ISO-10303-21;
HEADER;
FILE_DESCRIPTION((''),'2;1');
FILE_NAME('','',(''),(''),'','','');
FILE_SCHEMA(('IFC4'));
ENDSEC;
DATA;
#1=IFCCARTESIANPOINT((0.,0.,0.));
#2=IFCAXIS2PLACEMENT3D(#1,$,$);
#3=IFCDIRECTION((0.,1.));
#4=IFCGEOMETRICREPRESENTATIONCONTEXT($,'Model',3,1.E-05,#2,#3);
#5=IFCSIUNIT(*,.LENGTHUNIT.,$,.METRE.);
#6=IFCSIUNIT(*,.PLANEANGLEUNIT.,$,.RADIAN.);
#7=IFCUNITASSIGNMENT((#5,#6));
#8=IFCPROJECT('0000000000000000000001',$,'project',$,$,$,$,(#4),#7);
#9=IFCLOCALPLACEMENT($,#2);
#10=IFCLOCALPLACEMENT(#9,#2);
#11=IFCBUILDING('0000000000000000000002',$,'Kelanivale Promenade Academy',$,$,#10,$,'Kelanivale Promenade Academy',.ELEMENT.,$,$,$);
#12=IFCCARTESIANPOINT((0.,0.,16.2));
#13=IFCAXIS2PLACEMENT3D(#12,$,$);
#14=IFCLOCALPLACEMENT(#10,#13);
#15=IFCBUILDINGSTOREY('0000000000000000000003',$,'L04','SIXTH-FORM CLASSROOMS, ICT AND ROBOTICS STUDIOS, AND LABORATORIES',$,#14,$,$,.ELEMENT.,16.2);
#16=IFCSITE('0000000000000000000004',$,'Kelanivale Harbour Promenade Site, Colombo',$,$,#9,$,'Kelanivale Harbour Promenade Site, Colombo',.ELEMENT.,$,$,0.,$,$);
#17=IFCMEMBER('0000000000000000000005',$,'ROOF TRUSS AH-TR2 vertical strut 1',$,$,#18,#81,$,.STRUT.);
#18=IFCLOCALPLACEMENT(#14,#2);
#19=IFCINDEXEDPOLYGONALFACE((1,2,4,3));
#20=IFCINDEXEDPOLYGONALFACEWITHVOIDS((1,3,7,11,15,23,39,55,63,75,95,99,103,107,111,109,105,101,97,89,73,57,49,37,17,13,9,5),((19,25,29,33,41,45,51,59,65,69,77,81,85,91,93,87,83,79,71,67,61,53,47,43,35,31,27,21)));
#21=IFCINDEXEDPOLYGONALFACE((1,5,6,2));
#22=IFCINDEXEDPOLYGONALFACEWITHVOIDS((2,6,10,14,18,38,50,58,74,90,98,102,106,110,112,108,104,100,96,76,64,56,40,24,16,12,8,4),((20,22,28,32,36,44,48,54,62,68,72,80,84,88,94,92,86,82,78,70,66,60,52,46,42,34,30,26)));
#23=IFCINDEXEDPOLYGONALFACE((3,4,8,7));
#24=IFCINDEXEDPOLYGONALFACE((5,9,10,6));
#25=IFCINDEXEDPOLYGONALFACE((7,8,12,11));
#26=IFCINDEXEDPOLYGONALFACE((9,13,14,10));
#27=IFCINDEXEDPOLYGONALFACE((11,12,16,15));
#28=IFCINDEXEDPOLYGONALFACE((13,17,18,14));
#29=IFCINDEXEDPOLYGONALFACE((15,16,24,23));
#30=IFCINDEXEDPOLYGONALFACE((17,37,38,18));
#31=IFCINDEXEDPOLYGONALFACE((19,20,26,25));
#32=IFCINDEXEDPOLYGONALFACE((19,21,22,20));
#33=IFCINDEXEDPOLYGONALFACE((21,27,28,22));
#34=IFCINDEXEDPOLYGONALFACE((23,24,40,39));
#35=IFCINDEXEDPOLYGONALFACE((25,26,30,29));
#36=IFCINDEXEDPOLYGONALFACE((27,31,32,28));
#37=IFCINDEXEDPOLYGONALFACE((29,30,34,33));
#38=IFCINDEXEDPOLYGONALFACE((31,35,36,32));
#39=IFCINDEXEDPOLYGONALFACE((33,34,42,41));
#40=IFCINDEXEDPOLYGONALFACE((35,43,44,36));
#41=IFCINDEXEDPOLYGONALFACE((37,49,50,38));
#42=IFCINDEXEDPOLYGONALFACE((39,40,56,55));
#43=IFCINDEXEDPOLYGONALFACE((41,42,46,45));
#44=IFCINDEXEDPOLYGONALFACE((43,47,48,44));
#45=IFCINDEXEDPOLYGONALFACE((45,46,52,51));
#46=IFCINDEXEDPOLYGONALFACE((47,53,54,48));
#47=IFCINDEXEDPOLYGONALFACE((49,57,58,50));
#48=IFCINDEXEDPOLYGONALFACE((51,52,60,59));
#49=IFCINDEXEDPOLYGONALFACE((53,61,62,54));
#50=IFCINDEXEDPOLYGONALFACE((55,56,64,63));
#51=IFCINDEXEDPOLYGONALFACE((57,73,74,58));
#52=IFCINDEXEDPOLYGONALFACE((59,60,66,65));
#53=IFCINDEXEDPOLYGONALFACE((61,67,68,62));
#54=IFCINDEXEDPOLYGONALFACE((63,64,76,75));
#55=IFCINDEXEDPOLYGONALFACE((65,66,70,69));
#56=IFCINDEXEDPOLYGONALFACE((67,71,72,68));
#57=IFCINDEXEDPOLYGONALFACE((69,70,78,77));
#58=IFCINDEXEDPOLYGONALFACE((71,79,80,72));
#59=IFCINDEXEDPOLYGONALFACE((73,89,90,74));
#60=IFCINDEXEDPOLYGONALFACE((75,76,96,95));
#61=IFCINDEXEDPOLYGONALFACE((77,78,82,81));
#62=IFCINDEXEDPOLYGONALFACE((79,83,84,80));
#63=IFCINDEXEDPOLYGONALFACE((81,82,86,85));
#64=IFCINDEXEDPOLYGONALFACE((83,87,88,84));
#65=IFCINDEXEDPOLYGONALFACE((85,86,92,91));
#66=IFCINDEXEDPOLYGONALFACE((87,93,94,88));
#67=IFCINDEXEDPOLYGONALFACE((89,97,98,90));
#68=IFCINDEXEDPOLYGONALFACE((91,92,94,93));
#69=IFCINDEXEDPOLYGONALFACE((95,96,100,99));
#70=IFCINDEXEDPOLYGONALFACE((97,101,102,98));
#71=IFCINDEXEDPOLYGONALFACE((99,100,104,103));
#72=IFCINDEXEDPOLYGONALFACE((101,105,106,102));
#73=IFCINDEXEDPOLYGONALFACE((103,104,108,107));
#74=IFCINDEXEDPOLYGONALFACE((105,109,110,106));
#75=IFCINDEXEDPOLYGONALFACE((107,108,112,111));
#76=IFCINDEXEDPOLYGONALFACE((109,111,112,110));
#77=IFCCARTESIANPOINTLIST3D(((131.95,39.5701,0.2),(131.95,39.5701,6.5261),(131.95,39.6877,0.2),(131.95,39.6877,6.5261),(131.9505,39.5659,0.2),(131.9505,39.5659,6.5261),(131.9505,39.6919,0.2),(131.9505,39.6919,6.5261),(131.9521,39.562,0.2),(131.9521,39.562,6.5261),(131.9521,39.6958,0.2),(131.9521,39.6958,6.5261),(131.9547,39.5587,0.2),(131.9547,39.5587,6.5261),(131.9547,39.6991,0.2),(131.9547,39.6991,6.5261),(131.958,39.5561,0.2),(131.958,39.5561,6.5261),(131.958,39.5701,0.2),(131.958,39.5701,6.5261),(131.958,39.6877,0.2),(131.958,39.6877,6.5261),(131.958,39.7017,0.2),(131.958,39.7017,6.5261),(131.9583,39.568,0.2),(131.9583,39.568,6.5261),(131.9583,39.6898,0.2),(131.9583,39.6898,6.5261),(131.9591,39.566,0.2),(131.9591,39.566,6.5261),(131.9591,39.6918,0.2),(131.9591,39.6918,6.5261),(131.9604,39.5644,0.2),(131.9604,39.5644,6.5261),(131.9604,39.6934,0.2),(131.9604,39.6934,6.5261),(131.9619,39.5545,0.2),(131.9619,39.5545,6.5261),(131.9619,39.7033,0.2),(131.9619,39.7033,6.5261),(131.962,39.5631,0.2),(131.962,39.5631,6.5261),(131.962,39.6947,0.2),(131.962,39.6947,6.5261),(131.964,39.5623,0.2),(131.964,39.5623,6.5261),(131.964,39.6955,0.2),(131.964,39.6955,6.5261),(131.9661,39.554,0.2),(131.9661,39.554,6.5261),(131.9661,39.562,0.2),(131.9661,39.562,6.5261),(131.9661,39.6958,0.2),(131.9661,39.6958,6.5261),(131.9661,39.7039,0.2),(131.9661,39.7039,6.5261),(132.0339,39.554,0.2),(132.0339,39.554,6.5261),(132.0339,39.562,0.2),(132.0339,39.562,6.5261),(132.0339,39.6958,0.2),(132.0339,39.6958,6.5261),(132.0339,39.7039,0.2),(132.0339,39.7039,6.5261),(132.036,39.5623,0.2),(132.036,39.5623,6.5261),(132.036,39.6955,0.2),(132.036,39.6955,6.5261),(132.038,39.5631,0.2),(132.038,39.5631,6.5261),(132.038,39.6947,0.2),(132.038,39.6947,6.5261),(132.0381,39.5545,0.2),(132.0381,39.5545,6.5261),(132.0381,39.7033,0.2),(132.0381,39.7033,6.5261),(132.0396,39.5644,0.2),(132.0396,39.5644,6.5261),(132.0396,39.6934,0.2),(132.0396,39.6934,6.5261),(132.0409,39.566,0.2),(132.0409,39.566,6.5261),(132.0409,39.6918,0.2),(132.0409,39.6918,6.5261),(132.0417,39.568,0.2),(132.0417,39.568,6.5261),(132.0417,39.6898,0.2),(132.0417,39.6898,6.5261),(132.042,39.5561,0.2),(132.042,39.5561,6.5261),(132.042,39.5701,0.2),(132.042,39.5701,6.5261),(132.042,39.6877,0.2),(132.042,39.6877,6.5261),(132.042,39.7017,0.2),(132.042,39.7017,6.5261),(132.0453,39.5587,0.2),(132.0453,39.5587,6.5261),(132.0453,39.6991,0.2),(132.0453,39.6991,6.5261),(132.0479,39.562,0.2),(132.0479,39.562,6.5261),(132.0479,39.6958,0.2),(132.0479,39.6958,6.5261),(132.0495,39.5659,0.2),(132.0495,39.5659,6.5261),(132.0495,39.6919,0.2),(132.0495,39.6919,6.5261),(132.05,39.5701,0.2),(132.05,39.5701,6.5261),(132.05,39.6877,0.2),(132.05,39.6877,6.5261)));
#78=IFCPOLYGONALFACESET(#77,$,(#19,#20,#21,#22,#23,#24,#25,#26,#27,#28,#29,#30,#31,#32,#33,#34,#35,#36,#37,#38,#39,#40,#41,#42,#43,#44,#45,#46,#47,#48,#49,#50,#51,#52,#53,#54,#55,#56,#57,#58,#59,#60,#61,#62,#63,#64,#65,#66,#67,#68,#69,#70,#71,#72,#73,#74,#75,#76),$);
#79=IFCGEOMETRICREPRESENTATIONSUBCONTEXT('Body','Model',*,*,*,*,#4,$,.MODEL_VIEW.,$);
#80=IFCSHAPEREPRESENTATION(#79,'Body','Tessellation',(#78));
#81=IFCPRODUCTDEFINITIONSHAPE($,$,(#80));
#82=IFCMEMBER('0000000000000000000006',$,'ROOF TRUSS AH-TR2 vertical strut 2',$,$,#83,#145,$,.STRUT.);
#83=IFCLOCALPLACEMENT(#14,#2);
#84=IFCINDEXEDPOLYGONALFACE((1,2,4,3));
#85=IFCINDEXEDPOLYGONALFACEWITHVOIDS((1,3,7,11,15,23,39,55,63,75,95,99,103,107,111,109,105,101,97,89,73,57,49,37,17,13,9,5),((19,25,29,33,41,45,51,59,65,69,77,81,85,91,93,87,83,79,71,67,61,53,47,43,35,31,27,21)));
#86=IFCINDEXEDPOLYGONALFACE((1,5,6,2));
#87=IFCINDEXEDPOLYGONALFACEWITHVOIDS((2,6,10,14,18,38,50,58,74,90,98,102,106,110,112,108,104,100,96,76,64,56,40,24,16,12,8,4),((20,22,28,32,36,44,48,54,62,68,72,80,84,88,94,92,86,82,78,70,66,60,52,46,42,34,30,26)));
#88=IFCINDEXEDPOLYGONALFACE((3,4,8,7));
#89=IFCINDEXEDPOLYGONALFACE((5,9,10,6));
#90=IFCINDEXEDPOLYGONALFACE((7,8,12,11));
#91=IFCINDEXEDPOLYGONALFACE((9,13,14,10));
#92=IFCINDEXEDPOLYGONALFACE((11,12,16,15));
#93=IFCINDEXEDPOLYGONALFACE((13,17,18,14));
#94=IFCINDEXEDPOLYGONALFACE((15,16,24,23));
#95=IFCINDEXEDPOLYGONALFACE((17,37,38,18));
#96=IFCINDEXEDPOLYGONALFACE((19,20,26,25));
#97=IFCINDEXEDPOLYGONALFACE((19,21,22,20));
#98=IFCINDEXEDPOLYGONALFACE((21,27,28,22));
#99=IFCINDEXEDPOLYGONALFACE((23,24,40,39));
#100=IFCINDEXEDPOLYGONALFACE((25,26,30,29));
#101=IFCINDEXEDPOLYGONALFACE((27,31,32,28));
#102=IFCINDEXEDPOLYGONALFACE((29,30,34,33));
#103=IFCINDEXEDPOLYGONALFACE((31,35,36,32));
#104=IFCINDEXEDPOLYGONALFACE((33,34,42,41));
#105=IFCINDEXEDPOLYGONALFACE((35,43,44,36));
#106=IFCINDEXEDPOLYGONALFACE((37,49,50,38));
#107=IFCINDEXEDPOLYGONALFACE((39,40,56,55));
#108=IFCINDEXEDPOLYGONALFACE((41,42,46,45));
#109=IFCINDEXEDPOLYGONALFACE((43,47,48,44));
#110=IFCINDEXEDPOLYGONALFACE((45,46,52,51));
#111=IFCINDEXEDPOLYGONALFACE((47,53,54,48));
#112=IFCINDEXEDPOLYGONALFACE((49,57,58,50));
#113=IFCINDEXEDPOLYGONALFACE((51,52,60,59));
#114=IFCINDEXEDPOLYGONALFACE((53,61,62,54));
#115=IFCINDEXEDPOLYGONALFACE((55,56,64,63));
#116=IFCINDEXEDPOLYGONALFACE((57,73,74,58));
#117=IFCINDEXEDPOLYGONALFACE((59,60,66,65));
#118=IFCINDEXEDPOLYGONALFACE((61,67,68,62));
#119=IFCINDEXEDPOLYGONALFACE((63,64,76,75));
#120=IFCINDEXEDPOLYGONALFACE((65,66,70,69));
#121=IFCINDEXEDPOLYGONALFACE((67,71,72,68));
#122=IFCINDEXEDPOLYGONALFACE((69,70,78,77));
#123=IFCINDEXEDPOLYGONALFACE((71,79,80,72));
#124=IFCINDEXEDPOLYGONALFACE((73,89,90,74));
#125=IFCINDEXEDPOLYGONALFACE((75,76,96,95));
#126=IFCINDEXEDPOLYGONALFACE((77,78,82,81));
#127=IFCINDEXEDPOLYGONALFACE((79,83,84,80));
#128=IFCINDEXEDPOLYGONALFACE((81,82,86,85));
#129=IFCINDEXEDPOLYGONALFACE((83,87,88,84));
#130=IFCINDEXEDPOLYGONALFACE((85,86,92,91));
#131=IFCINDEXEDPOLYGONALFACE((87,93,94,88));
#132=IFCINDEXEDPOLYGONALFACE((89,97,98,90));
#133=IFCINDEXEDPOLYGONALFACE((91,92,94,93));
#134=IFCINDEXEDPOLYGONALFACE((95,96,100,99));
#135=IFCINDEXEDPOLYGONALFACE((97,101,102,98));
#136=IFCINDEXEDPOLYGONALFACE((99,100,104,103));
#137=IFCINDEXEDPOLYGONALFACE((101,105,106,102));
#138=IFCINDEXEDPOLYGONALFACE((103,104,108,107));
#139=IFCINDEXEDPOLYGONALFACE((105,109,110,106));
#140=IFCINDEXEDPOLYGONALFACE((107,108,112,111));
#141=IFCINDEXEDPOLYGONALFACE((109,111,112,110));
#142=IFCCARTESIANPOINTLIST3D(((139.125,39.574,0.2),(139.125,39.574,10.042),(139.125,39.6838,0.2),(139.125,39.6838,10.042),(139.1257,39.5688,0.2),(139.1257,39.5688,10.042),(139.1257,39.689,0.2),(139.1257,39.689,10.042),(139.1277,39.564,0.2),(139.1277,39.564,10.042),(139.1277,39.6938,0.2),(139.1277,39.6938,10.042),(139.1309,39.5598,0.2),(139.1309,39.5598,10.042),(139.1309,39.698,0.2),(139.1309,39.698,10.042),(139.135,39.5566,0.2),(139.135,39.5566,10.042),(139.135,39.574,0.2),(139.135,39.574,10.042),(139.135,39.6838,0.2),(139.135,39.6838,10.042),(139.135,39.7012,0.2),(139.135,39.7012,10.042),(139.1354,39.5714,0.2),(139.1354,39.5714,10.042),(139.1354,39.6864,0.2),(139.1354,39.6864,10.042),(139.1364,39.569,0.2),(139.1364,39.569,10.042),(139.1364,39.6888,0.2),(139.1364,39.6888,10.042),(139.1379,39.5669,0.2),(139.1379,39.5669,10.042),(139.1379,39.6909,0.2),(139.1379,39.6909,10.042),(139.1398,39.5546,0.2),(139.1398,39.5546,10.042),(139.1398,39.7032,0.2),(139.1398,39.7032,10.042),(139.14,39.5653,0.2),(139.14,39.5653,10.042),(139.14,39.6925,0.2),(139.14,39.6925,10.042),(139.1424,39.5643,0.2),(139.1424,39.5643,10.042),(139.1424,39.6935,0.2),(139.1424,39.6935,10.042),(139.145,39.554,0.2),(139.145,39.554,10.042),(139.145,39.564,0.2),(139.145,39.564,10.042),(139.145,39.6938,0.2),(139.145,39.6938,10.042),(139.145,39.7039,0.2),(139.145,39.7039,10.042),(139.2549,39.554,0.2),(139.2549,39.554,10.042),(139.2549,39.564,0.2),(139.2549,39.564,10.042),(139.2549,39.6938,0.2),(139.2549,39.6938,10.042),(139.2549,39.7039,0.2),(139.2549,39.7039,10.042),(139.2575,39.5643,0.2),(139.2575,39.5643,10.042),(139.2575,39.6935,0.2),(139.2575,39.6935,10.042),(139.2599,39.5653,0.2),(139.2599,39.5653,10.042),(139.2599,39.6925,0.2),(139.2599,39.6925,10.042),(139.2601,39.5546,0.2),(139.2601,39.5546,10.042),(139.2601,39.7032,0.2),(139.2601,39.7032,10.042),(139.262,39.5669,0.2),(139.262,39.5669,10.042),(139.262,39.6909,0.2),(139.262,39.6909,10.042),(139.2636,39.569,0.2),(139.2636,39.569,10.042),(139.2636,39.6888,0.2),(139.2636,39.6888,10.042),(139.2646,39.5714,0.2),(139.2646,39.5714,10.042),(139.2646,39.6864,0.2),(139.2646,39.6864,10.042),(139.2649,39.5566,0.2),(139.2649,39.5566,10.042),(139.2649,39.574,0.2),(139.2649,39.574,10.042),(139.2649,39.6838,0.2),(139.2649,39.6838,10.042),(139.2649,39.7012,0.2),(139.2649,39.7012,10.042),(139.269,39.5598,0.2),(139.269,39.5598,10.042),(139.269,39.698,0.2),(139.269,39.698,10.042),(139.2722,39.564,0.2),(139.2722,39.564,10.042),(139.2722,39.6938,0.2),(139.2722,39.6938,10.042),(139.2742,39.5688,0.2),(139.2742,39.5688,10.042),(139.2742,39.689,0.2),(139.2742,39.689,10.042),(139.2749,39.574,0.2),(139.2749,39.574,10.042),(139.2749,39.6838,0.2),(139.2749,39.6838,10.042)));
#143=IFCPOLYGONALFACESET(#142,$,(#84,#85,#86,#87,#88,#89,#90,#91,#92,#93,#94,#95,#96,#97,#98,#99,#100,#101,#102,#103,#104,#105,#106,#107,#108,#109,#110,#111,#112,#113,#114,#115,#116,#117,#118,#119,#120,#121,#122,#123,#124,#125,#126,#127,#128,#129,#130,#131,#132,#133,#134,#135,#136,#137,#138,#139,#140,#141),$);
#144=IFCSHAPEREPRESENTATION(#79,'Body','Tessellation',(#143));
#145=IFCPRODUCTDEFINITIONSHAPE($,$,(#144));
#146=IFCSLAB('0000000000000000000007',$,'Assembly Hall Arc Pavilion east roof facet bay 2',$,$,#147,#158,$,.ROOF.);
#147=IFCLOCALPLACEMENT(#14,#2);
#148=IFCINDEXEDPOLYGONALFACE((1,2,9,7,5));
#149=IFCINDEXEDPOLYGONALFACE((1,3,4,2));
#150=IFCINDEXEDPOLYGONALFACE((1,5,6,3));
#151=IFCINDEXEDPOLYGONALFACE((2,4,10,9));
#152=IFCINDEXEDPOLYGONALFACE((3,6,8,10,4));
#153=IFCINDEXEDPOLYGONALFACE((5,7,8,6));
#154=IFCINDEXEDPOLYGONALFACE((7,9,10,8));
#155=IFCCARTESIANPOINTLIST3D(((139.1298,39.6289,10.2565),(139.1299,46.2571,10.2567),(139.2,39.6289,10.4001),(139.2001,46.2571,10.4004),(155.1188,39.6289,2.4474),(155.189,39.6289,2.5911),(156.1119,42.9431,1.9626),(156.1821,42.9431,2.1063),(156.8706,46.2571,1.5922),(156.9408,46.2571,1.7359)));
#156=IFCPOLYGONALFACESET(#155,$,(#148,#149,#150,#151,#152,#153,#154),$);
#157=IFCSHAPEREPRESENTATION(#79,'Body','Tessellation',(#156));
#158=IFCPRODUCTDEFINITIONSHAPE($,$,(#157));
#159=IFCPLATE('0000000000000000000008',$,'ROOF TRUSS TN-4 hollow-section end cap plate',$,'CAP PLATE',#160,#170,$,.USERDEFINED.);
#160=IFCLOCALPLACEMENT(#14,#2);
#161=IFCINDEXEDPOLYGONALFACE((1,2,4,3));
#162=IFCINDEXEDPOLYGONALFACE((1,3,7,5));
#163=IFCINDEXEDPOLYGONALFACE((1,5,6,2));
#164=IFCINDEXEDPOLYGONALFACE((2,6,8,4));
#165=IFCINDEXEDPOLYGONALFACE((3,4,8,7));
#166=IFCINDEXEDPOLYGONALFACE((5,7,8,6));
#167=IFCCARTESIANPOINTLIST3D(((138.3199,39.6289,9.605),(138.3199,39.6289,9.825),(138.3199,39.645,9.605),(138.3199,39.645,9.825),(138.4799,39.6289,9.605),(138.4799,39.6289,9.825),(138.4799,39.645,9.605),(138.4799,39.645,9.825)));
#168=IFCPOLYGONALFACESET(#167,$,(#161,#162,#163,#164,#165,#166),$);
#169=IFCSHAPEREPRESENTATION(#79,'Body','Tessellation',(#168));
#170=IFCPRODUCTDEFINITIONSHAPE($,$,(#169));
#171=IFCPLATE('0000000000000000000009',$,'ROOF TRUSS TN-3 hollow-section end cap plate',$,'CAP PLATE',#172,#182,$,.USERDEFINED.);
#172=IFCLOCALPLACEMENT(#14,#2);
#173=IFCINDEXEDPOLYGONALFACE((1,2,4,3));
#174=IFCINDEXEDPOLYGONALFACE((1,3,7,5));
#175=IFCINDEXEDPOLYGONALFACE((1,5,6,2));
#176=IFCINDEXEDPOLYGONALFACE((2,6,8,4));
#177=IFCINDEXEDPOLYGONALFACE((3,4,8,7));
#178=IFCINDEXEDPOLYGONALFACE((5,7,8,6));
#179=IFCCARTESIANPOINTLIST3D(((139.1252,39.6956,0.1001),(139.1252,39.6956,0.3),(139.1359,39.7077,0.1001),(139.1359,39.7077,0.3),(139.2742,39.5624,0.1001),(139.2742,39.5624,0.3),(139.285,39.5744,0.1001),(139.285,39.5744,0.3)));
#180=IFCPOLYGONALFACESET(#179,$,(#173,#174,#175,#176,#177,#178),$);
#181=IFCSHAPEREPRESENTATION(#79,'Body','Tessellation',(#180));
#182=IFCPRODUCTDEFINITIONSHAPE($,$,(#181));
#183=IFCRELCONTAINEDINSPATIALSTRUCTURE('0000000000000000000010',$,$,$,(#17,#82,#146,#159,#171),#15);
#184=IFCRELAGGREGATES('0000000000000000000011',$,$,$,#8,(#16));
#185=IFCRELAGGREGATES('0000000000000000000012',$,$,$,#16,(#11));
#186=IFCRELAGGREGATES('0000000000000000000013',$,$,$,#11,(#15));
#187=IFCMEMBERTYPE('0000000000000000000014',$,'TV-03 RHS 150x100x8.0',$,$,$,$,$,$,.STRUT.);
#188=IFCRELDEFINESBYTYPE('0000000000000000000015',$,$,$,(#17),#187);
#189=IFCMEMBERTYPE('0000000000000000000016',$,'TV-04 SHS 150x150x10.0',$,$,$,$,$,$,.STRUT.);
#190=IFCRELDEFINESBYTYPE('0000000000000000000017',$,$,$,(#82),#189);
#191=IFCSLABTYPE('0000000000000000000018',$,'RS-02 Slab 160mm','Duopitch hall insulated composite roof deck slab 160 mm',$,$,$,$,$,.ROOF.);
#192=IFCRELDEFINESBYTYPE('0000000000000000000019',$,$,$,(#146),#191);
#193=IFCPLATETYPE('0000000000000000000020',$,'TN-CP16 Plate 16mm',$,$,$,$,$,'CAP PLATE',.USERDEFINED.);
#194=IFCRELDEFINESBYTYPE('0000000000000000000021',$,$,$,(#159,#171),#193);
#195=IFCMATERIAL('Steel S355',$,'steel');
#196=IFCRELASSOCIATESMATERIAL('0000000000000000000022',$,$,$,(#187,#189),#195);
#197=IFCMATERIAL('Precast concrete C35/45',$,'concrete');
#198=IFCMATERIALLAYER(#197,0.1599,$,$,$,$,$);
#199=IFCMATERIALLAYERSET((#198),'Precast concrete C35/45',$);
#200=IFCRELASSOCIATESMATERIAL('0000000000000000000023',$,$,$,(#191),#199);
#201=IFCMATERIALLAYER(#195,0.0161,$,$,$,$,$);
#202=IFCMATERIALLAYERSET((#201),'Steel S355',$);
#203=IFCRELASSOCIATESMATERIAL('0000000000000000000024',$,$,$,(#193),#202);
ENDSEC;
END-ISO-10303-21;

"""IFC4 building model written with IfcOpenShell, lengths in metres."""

from ifc_helpers import new_model, si_unit, direction, frame, origin, origin_2d, place, context, subcontext, project, spatial, polyline, rectangle, hollow_rectangle, outline, extrude, material, layer, layer_set, material_profile, profile_set, type_object, element, save


model = new_model("IFC4")

# Units and contexts
model_context = context("Model", 3, precision=1e-05, world=origin(), true_north=direction((0.0, 1.0)))
body_context = subcontext(model_context, "Body", "Model", "MODEL_VIEW")
ifc_project = project(units=[si_unit("LENGTHUNIT", "METRE"), si_unit("PLANEANGLEUNIT", "RADIAN")], contexts=[model_context])

# Site, building, storey
site_placement = place(None, origin())
site = spatial("IfcSite", under=ifc_project, at=site_placement, Name="Kelanivale Harbour Promenade Site, Colombo", LongName="Kelanivale Harbour Promenade Site, Colombo", CompositionType="ELEMENT", RefElevation=0.0)
building_placement = place(site_placement, origin())
building = spatial("IfcBuilding", under=site, at=building_placement, Name="Kelanivale Promenade Academy", LongName="Kelanivale Promenade Academy", CompositionType="ELEMENT")
storey_placement = place(building_placement, frame((0.0, 0.0, 16.2)))
storey = spatial("IfcBuildingStorey", under=building, at=storey_placement, Name="L04", Description="SIXTH-FORM CLASSROOMS, ICT AND ROBOTICS STUDIOS, AND LABORATORIES", CompositionType="ELEMENT", Elevation=16.2)

# Members
ifc_material_1 = material(Name="Steel S355", Category="steel")
ifc_material_profile_1 = material_profile(ifc_material_1, hollow_rectangle(XDim=0.1001, YDim=0.1499, WallThickness=0.0081, InnerFilletRadius=0.0081, OuterFilletRadius=0.0161, at=origin_2d()), Name="RHS 150x100x8.0")
ifc_profile_set_1 = profile_set([ifc_material_profile_1], Name="Steel S355")
member_type_1 = type_object("IfcMemberType", Name="TV-03 RHS 150x100x8.0", PredefinedType="STRUT", material=ifc_profile_set_1)
member_1_placement = place(storey_placement, frame((132.0, 39.6289, 0.2), z_axis=(0.0, 0.0, 1.0), x_axis=(1.0, 0.0, 0.0)))
element("IfcMember", 1, at=member_1_placement, inside=storey, type_object=member_type_1, Name="ROOF TRUSS AH-TR2 vertical strut 1", PredefinedType="STRUT", context=body_context, shape_type="SweptSolid", body=[
    extrude(hollow_rectangle(XDim=0.1001, YDim=0.1499, WallThickness=0.0081, InnerFilletRadius=0.0081, OuterFilletRadius=0.0161, at=origin_2d()), origin(), (0.0, 0.0, 1.0), 6.3262),
])
ifc_material_profile_2 = material_profile(ifc_material_1, hollow_rectangle(XDim=0.1499, YDim=0.1499, WallThickness=0.01, InnerFilletRadius=0.01, OuterFilletRadius=0.02, at=origin_2d()), Name="SHS 150x150x10.0")
ifc_profile_set_2 = profile_set([ifc_material_profile_2], Name="Steel S355")
member_type_2 = type_object("IfcMemberType", Name="TV-04 SHS 150x150x10.0", PredefinedType="STRUT", material=ifc_profile_set_2)
member_2_placement = place(storey_placement, frame((139.2, 39.6289, 0.2), z_axis=(0.0, 0.0, 1.0), x_axis=(1.0, 0.0, 0.0)))
element("IfcMember", 2, at=member_2_placement, inside=storey, type_object=member_type_2, Name="ROOF TRUSS AH-TR2 vertical strut 2", PredefinedType="STRUT", context=body_context, shape_type="SweptSolid", body=[
    extrude(hollow_rectangle(XDim=0.1499, YDim=0.1499, WallThickness=0.01, InnerFilletRadius=0.01, OuterFilletRadius=0.02, at=origin_2d()), origin(), (0.0, 0.0, 1.0), 9.842),
])

# Slab
ifc_material_2 = material(Name="Precast concrete C35/45", Category="concrete")
ifc_layer_1 = layer(ifc_material_2, 0.1599)
ifc_layer_set_1 = layer_set([ifc_layer_1], Name="Precast concrete C35/45")
slab_type = type_object("IfcSlabType", Name="RS-02 Slab 160mm", Description="Duopitch hall insulated composite roof deck slab 160 mm", PredefinedType="ROOF", material=ifc_layer_set_1)
slab_placement = place(storey_placement, frame((139.2, 39.6289, 10.4001), z_axis=(0.438854, -0.000047, 0.898558), x_axis=(0.898558, 0.0, -0.438854)))
element("IfcSlab", 3, at=slab_placement, inside=storey, type_object=slab_type, Name="Assembly Hall Arc Pavilion east roof facet bay 2", PredefinedType="ROOF", context=body_context, shape_type="SweptSolid", body=[
    extrude(outline(polyline([(0.0, 0.0), (17.7941, 0.0), (18.8992, 3.3142), (19.7436, 6.6282), (0.0, 6.6282), (0.0, 0.0)])), origin(), (0.0, 0.0, -1.0), 0.1599),
])

# Plates
ifc_layer_2 = layer(ifc_material_1, 0.0161)
ifc_layer_set_2 = layer_set([ifc_layer_2], Name="Steel S355")
plate_type_1 = type_object("IfcPlateType", Name="TN-CP16 Plate 16mm", ElementType="CAP PLATE", PredefinedType="USERDEFINED", material=ifc_layer_set_2)
plate_1_placement = place(storey_placement, frame((138.3999, 39.637, 9.605), z_axis=(0.0, 0.0, 1.0), x_axis=(0.0, 1.0, 0.0)))
element("IfcPlate", 4, at=plate_1_placement, inside=storey, type_object=plate_type_1, Name="ROOF TRUSS TN-4 hollow-section end cap plate", ObjectType="CAP PLATE", PredefinedType="USERDEFINED", context=body_context, shape_type="SweptSolid", body=[
    extrude(rectangle(XDim=0.0161, YDim=0.1599, at=origin_2d()), origin(), (0.0, 0.0, 1.0), 0.22),
])
plate_2_placement = place(storey_placement, frame((139.2051, 39.635, 0.1001), z_axis=(0.0, 0.0, 1.0), x_axis=(0.666532, 0.745476, 0.0)))
element("IfcPlate", 5, at=plate_2_placement, inside=storey, type_object=plate_type_1, Name="ROOF TRUSS TN-3 hollow-section end cap plate", ObjectType="CAP PLATE", PredefinedType="USERDEFINED", context=body_context, shape_type="SweptSolid", body=[
    extrude(rectangle(XDim=0.0161, YDim=0.2, at=origin_2d()), origin(), (0.0, 0.0, 1.0), 0.2),
])

save(model, "model.ifc")
